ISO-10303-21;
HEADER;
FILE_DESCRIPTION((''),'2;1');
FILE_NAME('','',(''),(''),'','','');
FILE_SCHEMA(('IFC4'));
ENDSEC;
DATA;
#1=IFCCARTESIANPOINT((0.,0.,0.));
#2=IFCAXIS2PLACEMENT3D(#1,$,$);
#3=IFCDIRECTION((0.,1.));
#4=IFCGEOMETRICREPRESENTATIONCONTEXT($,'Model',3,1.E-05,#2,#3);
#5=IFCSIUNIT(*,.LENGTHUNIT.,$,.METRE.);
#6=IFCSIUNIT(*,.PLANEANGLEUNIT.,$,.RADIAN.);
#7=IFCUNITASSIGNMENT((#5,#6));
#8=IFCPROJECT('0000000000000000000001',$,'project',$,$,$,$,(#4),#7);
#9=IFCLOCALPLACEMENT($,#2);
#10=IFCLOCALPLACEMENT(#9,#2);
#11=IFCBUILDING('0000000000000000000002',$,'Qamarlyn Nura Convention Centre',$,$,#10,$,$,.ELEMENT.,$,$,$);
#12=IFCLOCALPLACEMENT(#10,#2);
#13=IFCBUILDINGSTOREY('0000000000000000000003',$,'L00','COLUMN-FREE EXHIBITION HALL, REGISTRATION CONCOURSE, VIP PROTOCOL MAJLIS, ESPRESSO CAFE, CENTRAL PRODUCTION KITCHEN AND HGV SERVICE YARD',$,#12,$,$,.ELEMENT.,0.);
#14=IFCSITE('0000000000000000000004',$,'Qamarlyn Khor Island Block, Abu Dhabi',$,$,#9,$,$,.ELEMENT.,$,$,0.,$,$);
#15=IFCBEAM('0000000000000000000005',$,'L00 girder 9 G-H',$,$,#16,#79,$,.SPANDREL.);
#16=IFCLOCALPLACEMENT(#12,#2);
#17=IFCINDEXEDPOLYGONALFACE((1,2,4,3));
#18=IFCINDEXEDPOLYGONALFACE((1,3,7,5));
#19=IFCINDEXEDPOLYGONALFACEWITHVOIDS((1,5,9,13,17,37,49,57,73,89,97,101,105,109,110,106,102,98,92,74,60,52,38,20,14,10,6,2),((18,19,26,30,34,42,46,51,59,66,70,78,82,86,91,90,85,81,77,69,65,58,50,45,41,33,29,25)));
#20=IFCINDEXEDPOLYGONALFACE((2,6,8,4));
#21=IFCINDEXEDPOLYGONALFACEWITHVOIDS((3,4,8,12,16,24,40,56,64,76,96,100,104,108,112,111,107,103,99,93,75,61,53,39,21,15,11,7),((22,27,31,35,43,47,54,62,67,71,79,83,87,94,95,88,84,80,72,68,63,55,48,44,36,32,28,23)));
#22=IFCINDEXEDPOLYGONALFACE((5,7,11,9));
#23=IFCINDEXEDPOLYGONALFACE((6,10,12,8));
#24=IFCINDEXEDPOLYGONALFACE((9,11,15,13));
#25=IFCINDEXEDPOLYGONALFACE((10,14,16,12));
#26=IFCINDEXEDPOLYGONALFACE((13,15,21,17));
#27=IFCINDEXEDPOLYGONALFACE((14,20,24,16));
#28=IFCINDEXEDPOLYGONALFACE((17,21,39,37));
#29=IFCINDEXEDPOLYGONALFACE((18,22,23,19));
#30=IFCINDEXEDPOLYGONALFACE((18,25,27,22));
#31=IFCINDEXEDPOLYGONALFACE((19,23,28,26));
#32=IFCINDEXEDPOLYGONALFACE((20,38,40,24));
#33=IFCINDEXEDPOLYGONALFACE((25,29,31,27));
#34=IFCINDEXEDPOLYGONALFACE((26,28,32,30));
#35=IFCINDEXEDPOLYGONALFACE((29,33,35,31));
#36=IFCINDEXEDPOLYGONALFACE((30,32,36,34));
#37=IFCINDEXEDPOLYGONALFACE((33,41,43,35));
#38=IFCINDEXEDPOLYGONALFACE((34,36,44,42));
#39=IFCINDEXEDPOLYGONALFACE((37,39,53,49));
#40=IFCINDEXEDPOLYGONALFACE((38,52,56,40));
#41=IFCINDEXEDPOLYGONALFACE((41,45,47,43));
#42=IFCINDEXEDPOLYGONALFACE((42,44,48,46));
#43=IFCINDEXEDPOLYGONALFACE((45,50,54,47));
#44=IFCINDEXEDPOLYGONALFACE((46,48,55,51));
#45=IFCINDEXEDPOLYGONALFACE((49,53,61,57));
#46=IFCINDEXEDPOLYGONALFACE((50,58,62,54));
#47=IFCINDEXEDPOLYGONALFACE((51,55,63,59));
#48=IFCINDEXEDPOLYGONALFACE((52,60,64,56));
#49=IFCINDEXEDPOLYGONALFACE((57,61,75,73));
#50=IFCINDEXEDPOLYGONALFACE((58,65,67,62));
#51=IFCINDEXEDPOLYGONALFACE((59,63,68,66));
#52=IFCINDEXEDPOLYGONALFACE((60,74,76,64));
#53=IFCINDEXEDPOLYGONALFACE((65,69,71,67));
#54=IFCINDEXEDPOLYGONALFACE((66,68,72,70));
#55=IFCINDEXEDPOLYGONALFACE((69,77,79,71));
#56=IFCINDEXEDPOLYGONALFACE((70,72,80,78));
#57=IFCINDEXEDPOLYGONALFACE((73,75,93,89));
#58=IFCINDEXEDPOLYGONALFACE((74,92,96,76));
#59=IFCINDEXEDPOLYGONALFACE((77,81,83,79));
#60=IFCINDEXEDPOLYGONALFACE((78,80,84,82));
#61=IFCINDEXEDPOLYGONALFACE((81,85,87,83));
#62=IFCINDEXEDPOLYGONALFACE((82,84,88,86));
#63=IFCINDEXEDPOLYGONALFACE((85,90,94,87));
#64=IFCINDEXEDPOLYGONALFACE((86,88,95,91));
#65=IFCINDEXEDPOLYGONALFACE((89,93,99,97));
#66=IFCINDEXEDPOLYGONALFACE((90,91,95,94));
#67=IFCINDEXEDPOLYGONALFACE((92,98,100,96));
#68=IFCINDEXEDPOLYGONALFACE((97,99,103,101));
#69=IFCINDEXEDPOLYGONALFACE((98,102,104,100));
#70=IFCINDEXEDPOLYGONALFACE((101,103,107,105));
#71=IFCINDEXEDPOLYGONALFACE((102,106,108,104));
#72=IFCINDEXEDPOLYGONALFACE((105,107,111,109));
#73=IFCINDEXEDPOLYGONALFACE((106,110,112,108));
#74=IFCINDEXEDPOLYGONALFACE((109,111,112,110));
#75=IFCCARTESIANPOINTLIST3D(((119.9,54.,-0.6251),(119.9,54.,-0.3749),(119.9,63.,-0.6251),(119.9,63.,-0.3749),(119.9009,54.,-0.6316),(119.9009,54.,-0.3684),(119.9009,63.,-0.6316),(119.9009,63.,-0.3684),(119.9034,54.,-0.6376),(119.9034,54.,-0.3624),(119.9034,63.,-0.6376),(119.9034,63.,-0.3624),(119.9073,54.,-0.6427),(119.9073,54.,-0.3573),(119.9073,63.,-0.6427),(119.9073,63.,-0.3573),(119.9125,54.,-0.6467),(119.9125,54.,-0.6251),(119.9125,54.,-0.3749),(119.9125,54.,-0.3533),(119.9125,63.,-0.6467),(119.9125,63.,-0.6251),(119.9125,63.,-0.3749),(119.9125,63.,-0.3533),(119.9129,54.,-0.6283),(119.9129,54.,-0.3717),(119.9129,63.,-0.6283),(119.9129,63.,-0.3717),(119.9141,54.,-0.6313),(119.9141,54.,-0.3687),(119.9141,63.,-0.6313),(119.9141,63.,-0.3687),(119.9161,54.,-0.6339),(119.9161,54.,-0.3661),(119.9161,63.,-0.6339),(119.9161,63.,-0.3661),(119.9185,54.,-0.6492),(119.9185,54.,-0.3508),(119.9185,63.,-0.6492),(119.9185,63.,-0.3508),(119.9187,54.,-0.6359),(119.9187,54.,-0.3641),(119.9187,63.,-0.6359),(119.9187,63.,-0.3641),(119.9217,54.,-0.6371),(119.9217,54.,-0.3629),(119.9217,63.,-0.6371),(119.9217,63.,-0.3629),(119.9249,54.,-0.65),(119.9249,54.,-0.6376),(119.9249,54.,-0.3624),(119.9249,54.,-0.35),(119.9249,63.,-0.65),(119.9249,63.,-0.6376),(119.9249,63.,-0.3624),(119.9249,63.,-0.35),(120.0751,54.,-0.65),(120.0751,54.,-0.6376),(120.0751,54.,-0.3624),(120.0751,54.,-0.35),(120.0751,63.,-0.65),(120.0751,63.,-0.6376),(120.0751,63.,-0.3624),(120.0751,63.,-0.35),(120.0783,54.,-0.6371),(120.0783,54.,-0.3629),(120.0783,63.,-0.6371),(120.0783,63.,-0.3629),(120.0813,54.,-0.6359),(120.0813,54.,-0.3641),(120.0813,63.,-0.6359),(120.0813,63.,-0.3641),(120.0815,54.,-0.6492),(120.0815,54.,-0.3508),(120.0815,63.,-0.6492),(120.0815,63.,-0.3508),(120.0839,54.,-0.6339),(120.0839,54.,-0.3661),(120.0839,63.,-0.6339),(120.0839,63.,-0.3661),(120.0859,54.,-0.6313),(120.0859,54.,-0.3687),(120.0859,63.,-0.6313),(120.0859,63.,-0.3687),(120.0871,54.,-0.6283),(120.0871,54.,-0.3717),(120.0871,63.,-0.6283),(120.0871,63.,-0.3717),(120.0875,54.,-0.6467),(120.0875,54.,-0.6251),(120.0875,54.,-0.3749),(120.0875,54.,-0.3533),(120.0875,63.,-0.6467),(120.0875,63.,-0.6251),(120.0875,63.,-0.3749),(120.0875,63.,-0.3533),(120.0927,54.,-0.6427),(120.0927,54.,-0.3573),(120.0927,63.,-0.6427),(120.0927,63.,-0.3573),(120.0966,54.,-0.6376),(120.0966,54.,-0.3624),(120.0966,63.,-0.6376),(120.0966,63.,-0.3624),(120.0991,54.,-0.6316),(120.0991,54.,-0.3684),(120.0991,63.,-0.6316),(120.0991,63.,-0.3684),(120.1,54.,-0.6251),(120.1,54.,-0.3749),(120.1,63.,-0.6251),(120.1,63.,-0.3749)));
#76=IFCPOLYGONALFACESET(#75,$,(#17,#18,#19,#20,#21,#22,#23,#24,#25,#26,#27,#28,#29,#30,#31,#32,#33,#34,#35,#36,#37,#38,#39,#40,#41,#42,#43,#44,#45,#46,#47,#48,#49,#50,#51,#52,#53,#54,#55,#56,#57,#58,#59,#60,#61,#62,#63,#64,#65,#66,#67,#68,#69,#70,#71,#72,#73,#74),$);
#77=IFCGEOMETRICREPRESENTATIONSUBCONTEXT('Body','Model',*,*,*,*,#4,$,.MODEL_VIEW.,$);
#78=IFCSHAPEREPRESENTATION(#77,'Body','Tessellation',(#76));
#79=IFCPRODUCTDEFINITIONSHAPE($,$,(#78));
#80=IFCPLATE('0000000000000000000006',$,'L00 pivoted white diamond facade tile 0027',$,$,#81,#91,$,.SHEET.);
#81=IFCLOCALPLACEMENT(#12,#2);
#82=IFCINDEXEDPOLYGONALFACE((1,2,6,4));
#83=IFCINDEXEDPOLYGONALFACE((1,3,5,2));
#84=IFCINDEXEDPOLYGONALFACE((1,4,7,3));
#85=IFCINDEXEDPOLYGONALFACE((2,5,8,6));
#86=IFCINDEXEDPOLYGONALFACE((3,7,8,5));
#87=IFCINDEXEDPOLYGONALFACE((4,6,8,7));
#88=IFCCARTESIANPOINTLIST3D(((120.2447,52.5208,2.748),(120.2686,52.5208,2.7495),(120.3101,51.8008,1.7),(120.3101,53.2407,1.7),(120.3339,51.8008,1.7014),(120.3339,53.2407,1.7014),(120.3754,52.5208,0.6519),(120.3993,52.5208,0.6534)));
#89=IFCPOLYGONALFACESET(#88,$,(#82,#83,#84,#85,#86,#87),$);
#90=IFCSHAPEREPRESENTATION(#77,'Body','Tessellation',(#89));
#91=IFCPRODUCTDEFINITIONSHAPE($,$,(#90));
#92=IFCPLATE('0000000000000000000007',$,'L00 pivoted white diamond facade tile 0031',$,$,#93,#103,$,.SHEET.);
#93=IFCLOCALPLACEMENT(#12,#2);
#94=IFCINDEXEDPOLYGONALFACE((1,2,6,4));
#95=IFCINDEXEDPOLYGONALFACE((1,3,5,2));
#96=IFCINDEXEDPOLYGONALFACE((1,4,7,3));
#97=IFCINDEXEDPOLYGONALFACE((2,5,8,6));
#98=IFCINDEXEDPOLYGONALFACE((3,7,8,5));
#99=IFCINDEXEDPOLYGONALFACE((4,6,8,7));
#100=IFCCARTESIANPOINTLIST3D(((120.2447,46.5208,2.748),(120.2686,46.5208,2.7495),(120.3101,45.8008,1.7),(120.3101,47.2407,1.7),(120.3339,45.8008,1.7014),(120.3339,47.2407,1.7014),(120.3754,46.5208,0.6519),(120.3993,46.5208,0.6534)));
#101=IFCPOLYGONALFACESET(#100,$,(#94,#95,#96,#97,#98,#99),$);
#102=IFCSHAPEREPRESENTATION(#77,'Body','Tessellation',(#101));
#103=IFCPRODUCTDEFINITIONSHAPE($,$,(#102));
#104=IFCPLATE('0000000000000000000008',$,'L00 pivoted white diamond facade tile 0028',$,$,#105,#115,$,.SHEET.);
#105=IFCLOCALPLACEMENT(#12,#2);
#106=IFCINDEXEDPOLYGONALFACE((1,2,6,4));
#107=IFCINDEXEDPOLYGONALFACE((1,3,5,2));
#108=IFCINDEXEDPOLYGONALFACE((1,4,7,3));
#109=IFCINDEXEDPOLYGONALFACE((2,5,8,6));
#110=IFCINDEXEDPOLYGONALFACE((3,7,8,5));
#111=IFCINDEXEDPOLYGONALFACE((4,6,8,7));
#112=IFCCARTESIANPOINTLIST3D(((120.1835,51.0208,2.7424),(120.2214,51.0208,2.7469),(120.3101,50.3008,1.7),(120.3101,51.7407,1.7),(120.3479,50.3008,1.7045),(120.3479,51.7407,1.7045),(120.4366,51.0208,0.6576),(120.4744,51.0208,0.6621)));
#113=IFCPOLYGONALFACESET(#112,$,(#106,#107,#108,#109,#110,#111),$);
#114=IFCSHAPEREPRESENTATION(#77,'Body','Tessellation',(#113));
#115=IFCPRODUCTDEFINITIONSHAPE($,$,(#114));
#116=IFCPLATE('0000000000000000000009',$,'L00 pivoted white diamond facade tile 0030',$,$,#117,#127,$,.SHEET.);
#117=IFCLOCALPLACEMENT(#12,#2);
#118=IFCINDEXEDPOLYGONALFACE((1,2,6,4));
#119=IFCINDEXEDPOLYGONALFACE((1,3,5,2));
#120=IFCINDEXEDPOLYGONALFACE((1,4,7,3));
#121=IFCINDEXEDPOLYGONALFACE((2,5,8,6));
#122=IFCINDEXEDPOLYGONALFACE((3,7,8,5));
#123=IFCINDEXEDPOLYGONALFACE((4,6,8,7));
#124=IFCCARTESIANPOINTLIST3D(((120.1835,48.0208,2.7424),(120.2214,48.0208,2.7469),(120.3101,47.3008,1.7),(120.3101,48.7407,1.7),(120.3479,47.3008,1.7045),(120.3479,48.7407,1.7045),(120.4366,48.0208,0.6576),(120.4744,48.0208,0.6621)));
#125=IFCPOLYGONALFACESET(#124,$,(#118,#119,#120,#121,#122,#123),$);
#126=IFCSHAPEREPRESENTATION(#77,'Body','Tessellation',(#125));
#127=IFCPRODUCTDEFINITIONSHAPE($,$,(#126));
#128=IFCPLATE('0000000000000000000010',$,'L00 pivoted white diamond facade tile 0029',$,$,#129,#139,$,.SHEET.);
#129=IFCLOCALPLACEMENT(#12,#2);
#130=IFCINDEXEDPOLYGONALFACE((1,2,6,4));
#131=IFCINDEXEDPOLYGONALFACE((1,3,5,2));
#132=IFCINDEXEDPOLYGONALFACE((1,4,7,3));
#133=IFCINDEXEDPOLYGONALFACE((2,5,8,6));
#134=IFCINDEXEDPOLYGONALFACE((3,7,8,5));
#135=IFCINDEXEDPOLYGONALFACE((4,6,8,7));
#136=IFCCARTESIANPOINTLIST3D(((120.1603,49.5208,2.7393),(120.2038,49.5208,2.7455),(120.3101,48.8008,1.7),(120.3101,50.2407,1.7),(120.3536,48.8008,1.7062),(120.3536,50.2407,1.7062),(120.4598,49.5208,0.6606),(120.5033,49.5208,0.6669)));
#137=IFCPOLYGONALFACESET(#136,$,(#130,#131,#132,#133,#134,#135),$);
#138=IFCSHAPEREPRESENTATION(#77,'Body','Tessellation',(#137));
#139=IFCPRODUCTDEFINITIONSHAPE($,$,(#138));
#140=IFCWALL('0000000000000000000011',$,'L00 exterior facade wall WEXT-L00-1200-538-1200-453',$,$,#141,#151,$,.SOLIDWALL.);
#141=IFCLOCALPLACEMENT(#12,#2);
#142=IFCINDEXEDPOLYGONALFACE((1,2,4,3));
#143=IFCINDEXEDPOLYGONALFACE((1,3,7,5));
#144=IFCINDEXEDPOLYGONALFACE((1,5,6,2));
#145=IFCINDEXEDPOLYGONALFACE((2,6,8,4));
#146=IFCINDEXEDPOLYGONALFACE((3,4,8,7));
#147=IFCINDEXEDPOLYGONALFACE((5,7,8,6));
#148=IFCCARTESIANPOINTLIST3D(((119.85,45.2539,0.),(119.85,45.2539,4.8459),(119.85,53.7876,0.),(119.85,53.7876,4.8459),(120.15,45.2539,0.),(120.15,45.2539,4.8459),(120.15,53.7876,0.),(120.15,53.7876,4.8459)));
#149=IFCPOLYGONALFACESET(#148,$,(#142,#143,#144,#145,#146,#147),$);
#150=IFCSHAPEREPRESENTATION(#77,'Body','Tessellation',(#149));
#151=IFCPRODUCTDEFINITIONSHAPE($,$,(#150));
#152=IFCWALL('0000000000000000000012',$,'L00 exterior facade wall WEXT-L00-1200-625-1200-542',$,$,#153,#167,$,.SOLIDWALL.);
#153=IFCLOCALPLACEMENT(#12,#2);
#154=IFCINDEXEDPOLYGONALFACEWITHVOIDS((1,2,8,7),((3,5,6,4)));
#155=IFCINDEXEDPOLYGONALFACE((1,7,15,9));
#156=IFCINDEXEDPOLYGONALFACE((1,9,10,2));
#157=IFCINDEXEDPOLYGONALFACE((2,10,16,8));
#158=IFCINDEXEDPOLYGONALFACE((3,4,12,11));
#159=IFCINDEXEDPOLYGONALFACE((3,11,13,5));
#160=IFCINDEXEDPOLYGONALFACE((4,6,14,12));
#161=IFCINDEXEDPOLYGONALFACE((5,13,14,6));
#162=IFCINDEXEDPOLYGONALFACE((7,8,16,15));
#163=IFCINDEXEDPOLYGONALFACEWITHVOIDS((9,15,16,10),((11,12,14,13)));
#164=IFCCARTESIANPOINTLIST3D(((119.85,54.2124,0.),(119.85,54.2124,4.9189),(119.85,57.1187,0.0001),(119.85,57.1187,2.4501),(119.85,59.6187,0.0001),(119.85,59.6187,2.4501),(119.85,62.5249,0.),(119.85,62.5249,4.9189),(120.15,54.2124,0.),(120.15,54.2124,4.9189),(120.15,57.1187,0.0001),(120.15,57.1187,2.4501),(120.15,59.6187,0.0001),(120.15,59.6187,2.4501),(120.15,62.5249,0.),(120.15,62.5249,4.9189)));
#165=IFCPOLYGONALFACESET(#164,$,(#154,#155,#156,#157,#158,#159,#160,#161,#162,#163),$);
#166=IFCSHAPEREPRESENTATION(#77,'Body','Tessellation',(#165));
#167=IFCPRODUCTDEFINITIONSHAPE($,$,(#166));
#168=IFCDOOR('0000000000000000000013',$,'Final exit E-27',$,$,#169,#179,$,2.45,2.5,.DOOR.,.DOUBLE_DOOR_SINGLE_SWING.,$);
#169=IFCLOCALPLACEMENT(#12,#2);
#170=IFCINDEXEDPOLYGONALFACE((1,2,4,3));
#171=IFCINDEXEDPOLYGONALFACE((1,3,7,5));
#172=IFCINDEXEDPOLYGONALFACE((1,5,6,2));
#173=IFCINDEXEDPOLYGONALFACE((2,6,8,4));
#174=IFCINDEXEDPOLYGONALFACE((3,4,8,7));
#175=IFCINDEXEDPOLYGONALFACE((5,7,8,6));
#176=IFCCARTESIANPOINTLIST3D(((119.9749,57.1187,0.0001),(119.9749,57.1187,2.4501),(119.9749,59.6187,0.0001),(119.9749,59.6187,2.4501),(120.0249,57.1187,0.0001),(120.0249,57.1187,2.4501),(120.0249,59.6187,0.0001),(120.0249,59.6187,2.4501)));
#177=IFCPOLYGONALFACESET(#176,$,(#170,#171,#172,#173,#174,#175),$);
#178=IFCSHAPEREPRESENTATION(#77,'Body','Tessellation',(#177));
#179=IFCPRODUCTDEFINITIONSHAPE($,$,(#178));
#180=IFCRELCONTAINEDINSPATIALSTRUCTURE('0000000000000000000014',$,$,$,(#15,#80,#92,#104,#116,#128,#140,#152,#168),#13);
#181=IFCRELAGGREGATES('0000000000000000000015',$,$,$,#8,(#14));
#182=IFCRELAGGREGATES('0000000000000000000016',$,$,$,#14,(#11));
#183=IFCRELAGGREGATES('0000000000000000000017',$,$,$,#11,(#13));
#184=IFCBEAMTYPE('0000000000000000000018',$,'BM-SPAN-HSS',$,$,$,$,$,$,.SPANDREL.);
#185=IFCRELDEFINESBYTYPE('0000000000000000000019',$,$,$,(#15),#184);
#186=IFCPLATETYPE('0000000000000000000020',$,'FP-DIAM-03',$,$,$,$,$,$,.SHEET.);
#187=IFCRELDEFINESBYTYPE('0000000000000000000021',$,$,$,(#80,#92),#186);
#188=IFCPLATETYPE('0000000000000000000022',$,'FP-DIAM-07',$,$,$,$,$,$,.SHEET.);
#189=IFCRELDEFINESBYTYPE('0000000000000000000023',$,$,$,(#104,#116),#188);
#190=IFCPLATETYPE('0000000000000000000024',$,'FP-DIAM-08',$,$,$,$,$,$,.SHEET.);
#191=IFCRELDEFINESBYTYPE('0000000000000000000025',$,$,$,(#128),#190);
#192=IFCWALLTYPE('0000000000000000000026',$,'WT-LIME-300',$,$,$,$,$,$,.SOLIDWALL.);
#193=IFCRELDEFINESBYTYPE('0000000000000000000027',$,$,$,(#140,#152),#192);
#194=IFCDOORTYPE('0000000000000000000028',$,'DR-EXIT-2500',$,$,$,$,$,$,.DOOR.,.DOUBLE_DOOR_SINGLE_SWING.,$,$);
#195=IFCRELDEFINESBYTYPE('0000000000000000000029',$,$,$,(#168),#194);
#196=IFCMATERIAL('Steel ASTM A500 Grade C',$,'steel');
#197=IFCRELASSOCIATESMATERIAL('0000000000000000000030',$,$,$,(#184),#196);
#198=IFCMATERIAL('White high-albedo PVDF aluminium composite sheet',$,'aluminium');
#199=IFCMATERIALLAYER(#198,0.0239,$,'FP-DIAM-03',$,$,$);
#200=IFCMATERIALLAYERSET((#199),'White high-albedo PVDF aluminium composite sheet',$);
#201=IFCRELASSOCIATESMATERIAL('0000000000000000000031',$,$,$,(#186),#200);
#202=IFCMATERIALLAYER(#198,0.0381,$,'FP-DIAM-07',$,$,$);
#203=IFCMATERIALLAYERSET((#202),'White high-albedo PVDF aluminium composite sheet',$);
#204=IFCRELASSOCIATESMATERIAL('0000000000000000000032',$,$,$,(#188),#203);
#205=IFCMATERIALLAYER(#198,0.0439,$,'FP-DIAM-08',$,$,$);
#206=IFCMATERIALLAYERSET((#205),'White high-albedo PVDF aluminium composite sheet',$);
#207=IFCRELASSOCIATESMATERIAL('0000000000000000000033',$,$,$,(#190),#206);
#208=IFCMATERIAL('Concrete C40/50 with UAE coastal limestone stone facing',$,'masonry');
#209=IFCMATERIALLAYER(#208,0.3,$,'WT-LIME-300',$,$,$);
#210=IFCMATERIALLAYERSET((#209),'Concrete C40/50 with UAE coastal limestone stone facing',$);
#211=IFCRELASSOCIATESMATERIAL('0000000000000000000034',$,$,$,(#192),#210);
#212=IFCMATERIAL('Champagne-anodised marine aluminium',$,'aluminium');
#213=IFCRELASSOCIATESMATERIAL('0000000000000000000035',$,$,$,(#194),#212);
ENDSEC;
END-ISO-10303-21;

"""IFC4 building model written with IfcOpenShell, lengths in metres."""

from ifc_helpers import new_model, si_unit, direction, frame, frame_2d, origin, origin_2d, place, context, subcontext, project, spatial, polyline, rectangle, hollow_rectangle, outline, extrude, material, layer, layer_set, material_profile, profile_set, type_object, element, fill, save


model = new_model("IFC4")

# Units and contexts
model_context = context("Model", 3, precision=1e-05, world=origin(), true_north=direction((0.0, 1.0)))
body_context = subcontext(model_context, "Body", "Model", "MODEL_VIEW")
ifc_project = project(units=[si_unit("LENGTHUNIT", "METRE"), si_unit("PLANEANGLEUNIT", "RADIAN")], contexts=[model_context])

# Site, building, storey
site_placement = place(None, origin())
site = spatial("IfcSite", under=ifc_project, at=site_placement, Name="Qamarlyn Khor Island Block, Abu Dhabi", CompositionType="ELEMENT", RefElevation=0.0)
building_placement = place(site_placement, origin())
building = spatial("IfcBuilding", under=site, at=building_placement, Name="Qamarlyn Nura Convention Centre", CompositionType="ELEMENT")
storey_placement = place(building_placement, origin())
storey = spatial("IfcBuildingStorey", under=building, at=storey_placement, Name="L00", Description="COLUMN-FREE EXHIBITION HALL, REGISTRATION CONCOURSE, VIP PROTOCOL MAJLIS, ESPRESSO CAFE, CENTRAL PRODUCTION KITCHEN AND HGV SERVICE YARD", CompositionType="ELEMENT", Elevation=0.0)

# Beam
ifc_material_1 = material(Name="Steel ASTM A500 Grade C", Category="steel")
ifc_material_profile_1 = material_profile(ifc_material_1, hollow_rectangle(XDim=0.2, YDim=0.3, WallThickness=0.0125, InnerFilletRadius=0.0125, OuterFilletRadius=0.0249, at=origin_2d()), Name="HSS300X200X12.5")
ifc_profile_set_1 = profile_set([ifc_material_profile_1], Name="Steel ASTM A500 Grade C")
beam_type_1 = type_object("IfcBeamType", Name="BM-SPAN-HSS", PredefinedType="SPANDREL", material=ifc_profile_set_1)
beam_1_placement = place(storey_placement, frame((120.0, 54.0, -0.5), z_axis=(0.0, 1.0, 0.0), x_axis=(-1.0, 0.0, 0.0)))
element("IfcBeam", 1, at=beam_1_placement, inside=storey, type_object=beam_type_1, Name="L00 girder 9 G-H", PredefinedType="SPANDREL", context=body_context, shape_type="SweptSolid", body=[
    extrude(hollow_rectangle(XDim=0.2, YDim=0.3, WallThickness=0.0125, InnerFilletRadius=0.0125, OuterFilletRadius=0.0249, at=origin_2d()), origin(), (0.0, 0.0, 1.0), 9.0),
])

# Plates
ifc_material_2 = material(Name="White high-albedo PVDF aluminium composite sheet", Category="aluminium")
ifc_layer_1 = layer(ifc_material_2, 0.0239, Name="FP-DIAM-03")
ifc_layer_set_1 = layer_set([ifc_layer_1], Name="White high-albedo PVDF aluminium composite sheet")
plate_type_1 = type_object("IfcPlateType", Name="FP-DIAM-03", PredefinedType="SHEET", material=ifc_layer_set_1)
for number, where, z_axis, x_axis, name in (
    (2, (120.3101, 52.5208, 1.7), (0.998059, 0.0, 0.062268), (0.0, 1.0, 0.0), "L00 pivoted white diamond facade tile 0027"),
    (3, (120.3101, 46.5208, 1.7), (0.998059, 0.0, 0.062268), (0.0, 1.0, 0.0), "L00 pivoted white diamond facade tile 0031"),
):
    element("IfcPlate", number, at=place(storey_placement, frame(where, z_axis=z_axis, x_axis=x_axis)), inside=storey, type_object=plate_type_1, Name=name, PredefinedType="SHEET", context=body_context, shape_type="SweptSolid", body=[
        extrude(outline(polyline([(-0.72, 0.0), (0.0, -1.05), (0.72, 0.0), (0.0, 1.05), (-0.72, 0.0)])), origin(), (0.0, 0.0, 1.0), 0.0239),
    ])
ifc_layer_2 = layer(ifc_material_2, 0.0381, Name="FP-DIAM-07")
ifc_layer_set_2 = layer_set([ifc_layer_2], Name="White high-albedo PVDF aluminium composite sheet")
plate_type_2 = type_object("IfcPlateType", Name="FP-DIAM-07", PredefinedType="SHEET", material=ifc_layer_set_2)
for number, where, z_axis, x_axis, name in (
    (4, (120.3101, 51.0208, 1.7), (0.992715, 0.0, 0.120483), (0.0, 1.0, 0.0), "L00 pivoted white diamond facade tile 0028"),
    (5, (120.3101, 48.0208, 1.7), (0.992715, 0.0, 0.120483), (0.0, 1.0, 0.0), "L00 pivoted white diamond facade tile 0030"),
):
    element("IfcPlate", number, at=place(storey_placement, frame(where, z_axis=z_axis, x_axis=x_axis)), inside=storey, type_object=plate_type_2, Name=name, PredefinedType="SHEET", context=body_context, shape_type="SweptSolid", body=[
        extrude(outline(polyline([(-0.72, 0.0), (0.0, -1.05), (0.72, 0.0), (0.0, 1.05), (-0.72, 0.0)])), origin(), (0.0, 0.0, 1.0), 0.0381),
    ])
ifc_layer_3 = layer(ifc_material_2, 0.0439, Name="FP-DIAM-08")
ifc_layer_set_3 = layer_set([ifc_layer_3], Name="White high-albedo PVDF aluminium composite sheet")
plate_type_3 = type_object("IfcPlateType", Name="FP-DIAM-08", PredefinedType="SHEET", material=ifc_layer_set_3)
plate_placement = place(storey_placement, frame((120.3101, 49.5208, 1.7), z_axis=(0.989776, 0.0, 0.142629), x_axis=(0.0, 1.0, 0.0)))
element("IfcPlate", 6, at=plate_placement, inside=storey, type_object=plate_type_3, Name="L00 pivoted white diamond facade tile 0029", PredefinedType="SHEET", context=body_context, shape_type="SweptSolid", body=[
    extrude(outline(polyline([(-0.72, 0.0), (0.0, -1.05), (0.72, 0.0), (0.0, 1.05), (-0.72, 0.0)])), origin(), (0.0, 0.0, 1.0), 0.0439),
])

# Shared definitions
ifc_material_3 = material(Name="Champagne-anodised marine aluminium", Category="aluminium")

# Wall
ifc_material_4 = material(Name="Concrete C40/50 with UAE coastal limestone stone facing", Category="masonry")
ifc_layer_4 = layer(ifc_material_4, 0.3, Name="WT-LIME-300")
ifc_layer_set_4 = layer_set([ifc_layer_4], Name="Concrete C40/50 with UAE coastal limestone stone facing")
wall_type_1 = type_object("IfcWallType", Name="WT-LIME-300", PredefinedType="SOLIDWALL", material=ifc_layer_set_4)
wall_1_placement = place(storey_placement, frame((120.0, 53.7876, 0.0), z_axis=(0.0, 0.0, 1.0), x_axis=(0.0, -1.0, 0.0)))
element("IfcWall", 7, at=wall_1_placement, inside=storey, type_object=wall_type_1, Name="L00 exterior facade wall WEXT-L00-1200-538-1200-453", PredefinedType="SOLIDWALL", context=body_context, shape_type="SweptSolid", body=[
    extrude(rectangle(XDim=8.5337, YDim=0.3, at=frame_2d((4.2668, 0.0))), origin(), (0.0, 0.0, 1.0), 4.8459),
])

# Wall, opening, door
wall_2_placement = place(storey_placement, frame((120.0, 62.5249, 0.0), z_axis=(0.0, 0.0, 1.0), x_axis=(0.0, -1.0, 0.0)))
wall_2 = element("IfcWall", 8, at=wall_2_placement, inside=storey, type_object=wall_type_1, Name="L00 exterior facade wall WEXT-L00-1200-625-1200-542", PredefinedType="SOLIDWALL", context=body_context, shape_type="SweptSolid", body=[
    extrude(rectangle(XDim=8.3125, YDim=0.3, at=frame_2d((4.1562, 0.0))), origin(), (0.0, 0.0, 1.0), 4.9189),
])
opening_1_placement = place(wall_2_placement, frame((2.9062, 0.0, 0.0)))
opening_1 = element("IfcOpeningElement", 9, at=opening_1_placement, cuts=wall_2, PredefinedType="OPENING", context=body_context, shape_type="SweptSolid", body=[
    extrude(rectangle(XDim=2.5, YDim=2.45, at=frame_2d((1.25, 1.2251))), frame((0.0, 0.1602, 0.0), z_axis=(0.0, -1.0, 0.0), x_axis=(1.0, 0.0, 0.0)), (0.0, 0.0, 1.0), 0.3201),
])
door_type_1 = type_object("IfcDoorType", Name="DR-EXIT-2500", OperationType="DOUBLE_DOOR_SINGLE_SWING", PredefinedType="DOOR", material=ifc_material_3)
door_1_placement = place(opening_1_placement, origin())
door_1 = element("IfcDoor", 10, at=door_1_placement, inside=storey, type_object=door_type_1, Name="Final exit E-27", OperationType="DOUBLE_DOOR_SINGLE_SWING", OverallHeight=2.45, OverallWidth=2.5, PredefinedType="DOOR", context=body_context, shape_type="SweptSolid", body=[
    extrude(rectangle(XDim=2.5, YDim=2.45, at=frame_2d((1.25, 1.2251))), frame((0.0, 0.0249, 0.0), z_axis=(0.0, -1.0, 0.0), x_axis=(1.0, 0.0, 0.0)), (0.0, 0.0, 1.0), 0.05),
])
fill(opening_1, door_1)

save(model, "model.ifc")
